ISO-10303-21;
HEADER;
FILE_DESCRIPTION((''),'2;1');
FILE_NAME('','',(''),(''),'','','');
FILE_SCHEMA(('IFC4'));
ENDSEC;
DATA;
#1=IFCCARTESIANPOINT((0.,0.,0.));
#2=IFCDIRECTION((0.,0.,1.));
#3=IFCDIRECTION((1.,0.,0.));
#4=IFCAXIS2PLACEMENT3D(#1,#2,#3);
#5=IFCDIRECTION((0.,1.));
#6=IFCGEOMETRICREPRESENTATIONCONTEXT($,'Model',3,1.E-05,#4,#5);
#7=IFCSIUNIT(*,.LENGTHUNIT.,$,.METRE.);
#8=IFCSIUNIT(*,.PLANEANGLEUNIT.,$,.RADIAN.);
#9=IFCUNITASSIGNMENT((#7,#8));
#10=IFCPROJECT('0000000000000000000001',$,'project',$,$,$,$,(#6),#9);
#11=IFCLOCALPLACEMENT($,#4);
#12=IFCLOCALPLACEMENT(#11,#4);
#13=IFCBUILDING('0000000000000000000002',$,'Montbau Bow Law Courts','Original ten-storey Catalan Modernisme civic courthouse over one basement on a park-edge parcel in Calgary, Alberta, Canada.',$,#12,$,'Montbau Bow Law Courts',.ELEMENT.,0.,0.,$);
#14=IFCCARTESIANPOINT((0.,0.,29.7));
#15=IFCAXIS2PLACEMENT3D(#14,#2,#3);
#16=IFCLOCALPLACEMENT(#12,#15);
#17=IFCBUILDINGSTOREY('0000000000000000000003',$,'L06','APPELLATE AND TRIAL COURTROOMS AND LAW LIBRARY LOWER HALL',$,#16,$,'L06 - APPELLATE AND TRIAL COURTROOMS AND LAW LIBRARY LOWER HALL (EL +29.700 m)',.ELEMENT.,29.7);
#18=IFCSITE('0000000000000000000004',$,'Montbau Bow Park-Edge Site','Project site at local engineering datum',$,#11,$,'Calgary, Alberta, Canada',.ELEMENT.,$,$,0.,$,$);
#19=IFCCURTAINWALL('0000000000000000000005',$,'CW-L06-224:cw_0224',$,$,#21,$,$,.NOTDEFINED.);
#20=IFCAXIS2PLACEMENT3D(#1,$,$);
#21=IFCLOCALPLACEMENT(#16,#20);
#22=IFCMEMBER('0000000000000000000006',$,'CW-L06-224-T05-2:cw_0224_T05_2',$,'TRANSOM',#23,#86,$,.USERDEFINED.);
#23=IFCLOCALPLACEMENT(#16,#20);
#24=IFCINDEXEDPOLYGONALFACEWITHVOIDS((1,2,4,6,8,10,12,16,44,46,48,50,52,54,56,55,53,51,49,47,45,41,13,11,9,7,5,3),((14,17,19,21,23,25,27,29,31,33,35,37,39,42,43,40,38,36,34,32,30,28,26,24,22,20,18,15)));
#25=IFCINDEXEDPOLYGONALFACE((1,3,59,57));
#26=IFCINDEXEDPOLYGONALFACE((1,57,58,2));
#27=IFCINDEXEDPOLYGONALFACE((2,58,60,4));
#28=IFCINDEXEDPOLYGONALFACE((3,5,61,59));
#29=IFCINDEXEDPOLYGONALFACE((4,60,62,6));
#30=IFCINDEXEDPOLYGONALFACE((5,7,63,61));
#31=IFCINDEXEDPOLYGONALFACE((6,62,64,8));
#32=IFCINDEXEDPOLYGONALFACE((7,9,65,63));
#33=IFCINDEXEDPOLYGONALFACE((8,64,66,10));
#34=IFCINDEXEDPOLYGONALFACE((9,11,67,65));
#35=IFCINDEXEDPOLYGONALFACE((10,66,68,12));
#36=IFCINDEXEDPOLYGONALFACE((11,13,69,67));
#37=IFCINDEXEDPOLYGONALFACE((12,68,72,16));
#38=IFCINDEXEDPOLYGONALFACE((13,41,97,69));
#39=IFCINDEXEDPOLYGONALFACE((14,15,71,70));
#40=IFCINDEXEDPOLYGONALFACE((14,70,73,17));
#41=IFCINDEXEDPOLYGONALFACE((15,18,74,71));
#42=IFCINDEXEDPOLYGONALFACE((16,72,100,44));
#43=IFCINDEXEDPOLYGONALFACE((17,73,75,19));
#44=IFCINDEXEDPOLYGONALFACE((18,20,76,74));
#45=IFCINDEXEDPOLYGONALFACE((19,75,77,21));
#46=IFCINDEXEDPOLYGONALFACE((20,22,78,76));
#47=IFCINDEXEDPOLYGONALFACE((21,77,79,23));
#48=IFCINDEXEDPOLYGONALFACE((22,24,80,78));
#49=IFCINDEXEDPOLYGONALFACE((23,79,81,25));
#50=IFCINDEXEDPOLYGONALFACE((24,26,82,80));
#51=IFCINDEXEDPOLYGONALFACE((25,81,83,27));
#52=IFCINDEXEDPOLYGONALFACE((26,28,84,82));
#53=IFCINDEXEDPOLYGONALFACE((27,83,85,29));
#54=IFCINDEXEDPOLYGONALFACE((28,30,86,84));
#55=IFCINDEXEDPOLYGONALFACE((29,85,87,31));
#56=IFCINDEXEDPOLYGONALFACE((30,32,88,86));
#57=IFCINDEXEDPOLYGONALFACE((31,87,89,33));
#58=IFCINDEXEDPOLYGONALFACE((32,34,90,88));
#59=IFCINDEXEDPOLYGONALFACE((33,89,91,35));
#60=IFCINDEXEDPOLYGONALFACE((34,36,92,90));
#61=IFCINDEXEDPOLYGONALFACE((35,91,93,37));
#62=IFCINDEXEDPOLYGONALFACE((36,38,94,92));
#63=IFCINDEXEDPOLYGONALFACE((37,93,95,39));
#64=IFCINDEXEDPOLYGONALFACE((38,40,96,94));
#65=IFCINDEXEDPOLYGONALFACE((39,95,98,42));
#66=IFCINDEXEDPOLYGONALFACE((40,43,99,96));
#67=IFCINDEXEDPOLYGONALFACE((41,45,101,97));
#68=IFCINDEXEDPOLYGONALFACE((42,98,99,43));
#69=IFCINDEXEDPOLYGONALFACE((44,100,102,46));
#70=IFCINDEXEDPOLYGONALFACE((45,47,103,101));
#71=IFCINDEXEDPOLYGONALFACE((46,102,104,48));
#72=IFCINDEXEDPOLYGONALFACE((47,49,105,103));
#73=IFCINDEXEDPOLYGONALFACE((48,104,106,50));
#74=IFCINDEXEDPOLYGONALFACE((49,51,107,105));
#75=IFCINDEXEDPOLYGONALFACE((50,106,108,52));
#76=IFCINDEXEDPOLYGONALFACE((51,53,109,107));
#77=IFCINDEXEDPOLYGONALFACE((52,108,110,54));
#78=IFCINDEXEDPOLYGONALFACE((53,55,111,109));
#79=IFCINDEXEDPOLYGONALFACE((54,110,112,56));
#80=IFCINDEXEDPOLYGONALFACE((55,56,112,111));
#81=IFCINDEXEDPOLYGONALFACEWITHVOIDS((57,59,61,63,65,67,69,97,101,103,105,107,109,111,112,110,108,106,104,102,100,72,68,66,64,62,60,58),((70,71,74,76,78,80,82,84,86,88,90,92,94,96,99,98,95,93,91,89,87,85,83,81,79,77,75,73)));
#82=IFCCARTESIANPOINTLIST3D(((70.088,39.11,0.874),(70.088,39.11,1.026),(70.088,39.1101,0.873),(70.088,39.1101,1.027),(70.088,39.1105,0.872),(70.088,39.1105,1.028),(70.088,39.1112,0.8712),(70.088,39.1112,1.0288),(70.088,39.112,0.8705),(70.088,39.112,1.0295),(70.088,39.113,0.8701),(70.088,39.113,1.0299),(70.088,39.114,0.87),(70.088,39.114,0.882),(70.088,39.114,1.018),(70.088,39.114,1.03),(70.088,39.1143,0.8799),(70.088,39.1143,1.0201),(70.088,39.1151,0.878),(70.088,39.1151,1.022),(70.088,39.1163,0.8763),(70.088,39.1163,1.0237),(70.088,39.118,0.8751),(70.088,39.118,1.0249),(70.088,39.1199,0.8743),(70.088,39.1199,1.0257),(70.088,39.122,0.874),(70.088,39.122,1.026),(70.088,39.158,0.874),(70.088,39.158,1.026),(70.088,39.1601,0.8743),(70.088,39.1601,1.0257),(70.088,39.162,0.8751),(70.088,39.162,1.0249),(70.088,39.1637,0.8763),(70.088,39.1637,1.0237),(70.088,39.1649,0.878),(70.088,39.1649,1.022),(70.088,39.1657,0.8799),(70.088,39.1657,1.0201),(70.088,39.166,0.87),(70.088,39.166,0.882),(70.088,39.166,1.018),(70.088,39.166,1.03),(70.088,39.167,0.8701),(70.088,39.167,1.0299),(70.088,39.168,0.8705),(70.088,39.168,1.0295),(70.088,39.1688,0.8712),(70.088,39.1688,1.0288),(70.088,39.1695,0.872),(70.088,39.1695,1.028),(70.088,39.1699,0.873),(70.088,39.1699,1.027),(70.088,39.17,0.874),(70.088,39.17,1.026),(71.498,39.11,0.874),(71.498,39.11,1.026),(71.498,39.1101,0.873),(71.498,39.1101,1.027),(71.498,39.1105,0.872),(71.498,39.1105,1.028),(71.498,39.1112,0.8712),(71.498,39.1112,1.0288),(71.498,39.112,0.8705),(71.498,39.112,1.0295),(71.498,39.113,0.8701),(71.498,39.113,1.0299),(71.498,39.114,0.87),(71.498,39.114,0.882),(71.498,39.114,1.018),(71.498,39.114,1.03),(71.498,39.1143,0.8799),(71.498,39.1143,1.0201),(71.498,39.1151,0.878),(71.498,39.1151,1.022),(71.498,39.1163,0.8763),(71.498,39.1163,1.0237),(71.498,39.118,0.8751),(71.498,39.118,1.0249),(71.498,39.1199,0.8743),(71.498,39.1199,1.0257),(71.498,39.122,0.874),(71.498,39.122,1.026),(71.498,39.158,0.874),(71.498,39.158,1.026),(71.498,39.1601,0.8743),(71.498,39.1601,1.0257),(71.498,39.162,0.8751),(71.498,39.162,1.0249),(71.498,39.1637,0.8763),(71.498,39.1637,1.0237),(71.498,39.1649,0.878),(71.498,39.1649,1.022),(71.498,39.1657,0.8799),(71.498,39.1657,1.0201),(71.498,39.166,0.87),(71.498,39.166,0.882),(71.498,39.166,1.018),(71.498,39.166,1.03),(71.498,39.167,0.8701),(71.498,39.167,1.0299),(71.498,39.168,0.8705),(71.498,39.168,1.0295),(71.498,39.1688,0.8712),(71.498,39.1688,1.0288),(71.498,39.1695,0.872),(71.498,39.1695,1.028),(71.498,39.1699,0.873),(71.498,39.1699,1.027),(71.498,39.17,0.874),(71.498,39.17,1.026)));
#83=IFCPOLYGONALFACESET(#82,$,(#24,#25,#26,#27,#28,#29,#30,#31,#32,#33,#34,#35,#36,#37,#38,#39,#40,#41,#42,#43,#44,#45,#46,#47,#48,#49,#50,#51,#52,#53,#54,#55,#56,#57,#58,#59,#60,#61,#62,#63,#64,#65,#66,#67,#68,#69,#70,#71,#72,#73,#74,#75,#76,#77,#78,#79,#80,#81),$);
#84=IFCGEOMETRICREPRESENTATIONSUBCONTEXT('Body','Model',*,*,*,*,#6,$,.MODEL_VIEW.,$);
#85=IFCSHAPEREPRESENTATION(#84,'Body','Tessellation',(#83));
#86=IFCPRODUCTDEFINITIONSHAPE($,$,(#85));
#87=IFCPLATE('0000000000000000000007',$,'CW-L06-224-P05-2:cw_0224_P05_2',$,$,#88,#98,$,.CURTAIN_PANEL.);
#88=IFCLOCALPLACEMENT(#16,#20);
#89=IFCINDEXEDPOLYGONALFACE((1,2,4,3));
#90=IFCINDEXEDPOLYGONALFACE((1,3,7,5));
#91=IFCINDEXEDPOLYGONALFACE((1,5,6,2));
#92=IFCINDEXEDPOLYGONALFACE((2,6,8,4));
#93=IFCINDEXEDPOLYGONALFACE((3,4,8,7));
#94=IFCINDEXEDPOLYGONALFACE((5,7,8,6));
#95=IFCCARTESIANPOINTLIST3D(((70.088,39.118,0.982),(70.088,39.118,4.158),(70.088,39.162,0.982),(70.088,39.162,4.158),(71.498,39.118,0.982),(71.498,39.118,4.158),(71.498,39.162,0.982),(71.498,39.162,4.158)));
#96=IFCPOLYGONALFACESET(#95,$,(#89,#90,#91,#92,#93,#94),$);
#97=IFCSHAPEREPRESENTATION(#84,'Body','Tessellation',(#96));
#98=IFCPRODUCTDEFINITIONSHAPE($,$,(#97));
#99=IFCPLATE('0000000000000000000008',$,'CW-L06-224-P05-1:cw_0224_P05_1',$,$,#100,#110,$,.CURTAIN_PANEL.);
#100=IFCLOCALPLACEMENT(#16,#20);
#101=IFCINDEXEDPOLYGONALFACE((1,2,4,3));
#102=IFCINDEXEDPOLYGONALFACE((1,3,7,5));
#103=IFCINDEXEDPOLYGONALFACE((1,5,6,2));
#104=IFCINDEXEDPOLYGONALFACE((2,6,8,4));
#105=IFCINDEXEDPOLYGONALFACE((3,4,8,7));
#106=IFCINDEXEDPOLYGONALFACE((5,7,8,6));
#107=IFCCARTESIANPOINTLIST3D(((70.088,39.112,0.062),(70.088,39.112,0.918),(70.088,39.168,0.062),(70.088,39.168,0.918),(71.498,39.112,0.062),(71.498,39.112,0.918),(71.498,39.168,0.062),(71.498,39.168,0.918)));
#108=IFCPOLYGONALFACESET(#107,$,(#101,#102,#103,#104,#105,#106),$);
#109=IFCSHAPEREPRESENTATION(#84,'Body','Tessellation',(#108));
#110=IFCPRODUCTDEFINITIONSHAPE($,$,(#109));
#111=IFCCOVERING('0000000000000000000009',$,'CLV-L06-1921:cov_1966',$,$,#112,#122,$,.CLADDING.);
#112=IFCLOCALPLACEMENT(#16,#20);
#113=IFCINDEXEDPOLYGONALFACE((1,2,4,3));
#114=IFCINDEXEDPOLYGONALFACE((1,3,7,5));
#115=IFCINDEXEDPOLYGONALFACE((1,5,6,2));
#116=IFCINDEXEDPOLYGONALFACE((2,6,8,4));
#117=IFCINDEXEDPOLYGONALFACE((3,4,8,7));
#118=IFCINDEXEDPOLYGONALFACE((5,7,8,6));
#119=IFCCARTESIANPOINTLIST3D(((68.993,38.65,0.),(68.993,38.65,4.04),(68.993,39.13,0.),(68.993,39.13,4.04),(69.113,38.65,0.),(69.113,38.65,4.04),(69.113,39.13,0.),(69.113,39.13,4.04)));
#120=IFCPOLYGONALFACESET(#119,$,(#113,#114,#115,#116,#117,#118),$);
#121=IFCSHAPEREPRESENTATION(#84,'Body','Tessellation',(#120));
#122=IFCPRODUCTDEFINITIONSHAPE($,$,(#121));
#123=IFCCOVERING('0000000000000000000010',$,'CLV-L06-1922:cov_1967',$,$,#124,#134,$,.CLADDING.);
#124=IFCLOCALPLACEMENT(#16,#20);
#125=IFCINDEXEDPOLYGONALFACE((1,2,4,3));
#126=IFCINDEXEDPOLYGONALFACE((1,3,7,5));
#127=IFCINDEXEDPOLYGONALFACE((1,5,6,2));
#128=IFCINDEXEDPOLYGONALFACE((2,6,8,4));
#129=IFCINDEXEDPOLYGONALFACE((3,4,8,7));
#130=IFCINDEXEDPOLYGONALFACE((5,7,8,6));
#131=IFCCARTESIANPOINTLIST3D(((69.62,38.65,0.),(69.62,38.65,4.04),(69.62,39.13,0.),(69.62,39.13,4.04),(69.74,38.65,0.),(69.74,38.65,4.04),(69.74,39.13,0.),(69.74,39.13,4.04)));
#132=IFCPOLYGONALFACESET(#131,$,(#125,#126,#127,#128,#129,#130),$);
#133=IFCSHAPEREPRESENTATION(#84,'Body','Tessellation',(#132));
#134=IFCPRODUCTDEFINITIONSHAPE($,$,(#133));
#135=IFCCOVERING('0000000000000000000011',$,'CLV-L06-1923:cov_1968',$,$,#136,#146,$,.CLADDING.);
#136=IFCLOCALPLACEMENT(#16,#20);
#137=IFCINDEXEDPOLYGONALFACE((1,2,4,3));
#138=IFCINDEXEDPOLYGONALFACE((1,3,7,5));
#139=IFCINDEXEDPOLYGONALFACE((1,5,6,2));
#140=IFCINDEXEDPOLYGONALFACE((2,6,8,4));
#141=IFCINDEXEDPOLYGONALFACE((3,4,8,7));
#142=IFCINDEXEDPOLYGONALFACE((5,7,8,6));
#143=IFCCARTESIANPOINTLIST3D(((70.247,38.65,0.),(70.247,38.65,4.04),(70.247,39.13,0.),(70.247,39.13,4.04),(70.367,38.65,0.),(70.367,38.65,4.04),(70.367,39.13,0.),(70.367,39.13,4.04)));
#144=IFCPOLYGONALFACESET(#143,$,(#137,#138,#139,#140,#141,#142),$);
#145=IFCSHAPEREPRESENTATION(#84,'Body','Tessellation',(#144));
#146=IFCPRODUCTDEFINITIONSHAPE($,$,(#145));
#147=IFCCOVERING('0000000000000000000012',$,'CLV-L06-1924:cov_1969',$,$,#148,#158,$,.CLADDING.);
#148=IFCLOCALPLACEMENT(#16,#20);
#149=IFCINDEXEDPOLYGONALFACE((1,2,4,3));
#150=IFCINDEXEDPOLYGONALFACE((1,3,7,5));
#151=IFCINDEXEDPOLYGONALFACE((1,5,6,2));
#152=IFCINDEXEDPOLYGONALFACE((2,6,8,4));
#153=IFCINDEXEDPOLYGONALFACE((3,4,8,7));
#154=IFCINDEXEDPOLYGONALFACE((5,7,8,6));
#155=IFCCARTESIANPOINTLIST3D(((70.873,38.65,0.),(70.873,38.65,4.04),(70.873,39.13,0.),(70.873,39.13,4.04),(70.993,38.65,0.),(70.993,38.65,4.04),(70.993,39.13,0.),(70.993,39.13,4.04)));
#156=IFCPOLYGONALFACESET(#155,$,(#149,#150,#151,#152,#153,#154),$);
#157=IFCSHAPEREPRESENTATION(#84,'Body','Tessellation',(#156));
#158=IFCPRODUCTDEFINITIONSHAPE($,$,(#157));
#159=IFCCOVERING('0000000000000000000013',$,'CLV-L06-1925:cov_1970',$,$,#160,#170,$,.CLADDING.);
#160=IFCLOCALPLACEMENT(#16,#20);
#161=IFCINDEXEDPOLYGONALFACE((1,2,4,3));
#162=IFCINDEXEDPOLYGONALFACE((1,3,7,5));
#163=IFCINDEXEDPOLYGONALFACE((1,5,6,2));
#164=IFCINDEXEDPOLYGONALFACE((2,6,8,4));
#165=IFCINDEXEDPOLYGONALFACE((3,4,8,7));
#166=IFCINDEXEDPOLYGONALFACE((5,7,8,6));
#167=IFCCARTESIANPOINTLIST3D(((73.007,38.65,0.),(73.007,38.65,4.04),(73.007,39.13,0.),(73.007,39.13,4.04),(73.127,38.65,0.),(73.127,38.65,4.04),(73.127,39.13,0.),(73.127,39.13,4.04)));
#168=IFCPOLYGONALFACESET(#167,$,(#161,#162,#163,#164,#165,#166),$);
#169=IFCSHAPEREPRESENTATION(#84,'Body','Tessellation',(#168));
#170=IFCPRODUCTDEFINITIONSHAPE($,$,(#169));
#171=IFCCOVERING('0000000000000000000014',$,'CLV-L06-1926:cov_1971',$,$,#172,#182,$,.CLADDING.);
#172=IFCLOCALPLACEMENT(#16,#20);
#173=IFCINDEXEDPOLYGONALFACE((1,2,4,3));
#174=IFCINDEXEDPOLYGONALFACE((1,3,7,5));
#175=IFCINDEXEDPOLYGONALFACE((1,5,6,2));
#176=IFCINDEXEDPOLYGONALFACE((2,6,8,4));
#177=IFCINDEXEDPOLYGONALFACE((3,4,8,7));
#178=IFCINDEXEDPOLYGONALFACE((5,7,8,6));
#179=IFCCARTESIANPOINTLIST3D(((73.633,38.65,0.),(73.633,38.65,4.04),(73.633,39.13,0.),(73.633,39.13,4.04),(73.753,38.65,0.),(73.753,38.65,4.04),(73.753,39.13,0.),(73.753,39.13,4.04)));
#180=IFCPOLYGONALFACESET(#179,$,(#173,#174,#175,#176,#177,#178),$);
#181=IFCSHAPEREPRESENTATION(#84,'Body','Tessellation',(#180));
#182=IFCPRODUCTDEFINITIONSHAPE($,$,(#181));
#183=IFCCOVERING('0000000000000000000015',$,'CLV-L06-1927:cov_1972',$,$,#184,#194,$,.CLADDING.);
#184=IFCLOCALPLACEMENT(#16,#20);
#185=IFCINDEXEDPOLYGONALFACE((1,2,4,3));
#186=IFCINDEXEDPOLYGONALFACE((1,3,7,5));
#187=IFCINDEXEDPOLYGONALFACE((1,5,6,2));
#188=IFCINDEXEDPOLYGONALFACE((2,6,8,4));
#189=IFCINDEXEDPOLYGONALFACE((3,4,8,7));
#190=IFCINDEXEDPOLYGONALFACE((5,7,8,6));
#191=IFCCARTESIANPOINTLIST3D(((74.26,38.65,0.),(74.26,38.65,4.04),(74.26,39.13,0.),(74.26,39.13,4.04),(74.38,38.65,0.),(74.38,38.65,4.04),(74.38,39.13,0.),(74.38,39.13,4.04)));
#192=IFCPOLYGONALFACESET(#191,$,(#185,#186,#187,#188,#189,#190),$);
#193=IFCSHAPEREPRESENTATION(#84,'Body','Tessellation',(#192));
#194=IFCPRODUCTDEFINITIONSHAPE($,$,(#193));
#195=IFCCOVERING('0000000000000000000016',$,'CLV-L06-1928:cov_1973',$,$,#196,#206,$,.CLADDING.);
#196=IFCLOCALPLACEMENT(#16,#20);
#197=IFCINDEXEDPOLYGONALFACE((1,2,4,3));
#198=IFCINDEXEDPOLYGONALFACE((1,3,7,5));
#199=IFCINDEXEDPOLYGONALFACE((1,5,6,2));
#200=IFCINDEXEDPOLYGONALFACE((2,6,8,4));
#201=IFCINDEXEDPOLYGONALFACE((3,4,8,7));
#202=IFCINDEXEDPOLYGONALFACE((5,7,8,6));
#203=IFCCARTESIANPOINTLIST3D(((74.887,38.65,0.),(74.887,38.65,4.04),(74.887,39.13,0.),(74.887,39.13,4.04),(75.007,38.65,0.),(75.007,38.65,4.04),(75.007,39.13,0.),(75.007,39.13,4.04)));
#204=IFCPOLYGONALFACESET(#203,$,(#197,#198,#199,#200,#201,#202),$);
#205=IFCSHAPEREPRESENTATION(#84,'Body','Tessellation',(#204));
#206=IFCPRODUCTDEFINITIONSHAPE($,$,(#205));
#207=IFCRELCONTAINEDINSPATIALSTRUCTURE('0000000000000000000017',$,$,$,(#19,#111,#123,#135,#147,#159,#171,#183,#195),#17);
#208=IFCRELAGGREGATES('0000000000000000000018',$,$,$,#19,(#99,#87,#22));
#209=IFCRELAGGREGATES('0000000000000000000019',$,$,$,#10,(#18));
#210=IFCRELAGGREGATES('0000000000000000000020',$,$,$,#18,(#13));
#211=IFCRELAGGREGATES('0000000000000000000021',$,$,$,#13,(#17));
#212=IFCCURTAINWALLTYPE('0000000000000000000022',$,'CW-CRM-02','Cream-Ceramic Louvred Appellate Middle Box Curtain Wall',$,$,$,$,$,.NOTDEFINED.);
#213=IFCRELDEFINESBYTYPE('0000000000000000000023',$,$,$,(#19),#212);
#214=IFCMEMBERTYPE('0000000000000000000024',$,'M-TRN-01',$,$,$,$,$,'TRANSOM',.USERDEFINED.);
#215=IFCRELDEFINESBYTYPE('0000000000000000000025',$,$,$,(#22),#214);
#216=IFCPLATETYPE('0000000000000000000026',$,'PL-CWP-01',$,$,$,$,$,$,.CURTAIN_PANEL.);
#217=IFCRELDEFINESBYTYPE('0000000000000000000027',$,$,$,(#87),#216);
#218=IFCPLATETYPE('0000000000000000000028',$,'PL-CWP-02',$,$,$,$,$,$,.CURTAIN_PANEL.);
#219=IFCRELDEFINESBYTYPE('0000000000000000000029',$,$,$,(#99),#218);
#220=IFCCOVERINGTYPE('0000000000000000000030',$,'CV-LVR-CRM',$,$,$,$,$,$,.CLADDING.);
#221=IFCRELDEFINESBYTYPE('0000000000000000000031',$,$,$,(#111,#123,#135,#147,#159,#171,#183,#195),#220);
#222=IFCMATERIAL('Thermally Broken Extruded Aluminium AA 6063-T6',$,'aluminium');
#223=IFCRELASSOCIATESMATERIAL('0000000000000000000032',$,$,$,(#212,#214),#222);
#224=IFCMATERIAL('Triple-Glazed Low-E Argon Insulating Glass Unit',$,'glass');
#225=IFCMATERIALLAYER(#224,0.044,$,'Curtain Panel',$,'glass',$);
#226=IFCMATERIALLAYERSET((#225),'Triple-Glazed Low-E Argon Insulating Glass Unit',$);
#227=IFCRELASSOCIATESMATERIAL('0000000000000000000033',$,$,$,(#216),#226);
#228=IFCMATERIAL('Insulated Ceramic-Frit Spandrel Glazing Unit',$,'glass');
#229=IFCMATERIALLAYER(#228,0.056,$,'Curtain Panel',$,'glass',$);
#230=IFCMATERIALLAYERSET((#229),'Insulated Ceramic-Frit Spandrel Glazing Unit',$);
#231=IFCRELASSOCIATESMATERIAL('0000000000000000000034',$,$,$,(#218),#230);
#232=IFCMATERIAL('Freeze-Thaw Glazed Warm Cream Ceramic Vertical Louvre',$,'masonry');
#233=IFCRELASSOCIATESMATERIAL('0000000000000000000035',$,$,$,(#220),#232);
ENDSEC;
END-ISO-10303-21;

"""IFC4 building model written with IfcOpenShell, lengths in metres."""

from ifc_helpers import new_model, si_unit, direction, frame, frame_2d, origin_with_axes, origin_2d_with_axis, place, context, subcontext, project, spatial, rectangle, hollow_rectangle, extrude, material, layer, layer_set, material_profile, profile_set, type_object, element, aggregate, save


model = new_model("IFC4")

# Units and contexts
model_context = context("Model", 3, precision=1e-05, world=origin_with_axes(), true_north=direction((0.0, 1.0)))
body_context = subcontext(model_context, "Body", "Model", "MODEL_VIEW")
ifc_project = project(units=[si_unit("LENGTHUNIT", "METRE"), si_unit("PLANEANGLEUNIT", "RADIAN")], contexts=[model_context])

# Site, building, storey
site_placement = place(None, origin_with_axes())
site = spatial("IfcSite", under=ifc_project, at=site_placement, Name="Montbau Bow Park-Edge Site", Description="Project site at local engineering datum", LongName="Calgary, Alberta, Canada", CompositionType="ELEMENT", RefElevation=0.0)
building_placement = place(site_placement, origin_with_axes())
building = spatial("IfcBuilding", under=site, at=building_placement, Name="Montbau Bow Law Courts", Description="Original ten-storey Catalan Modernisme civic courthouse over one basement on a park-edge parcel in Calgary, Alberta, Canada.", LongName="Montbau Bow Law Courts", CompositionType="ELEMENT", ElevationOfRefHeight=0.0, ElevationOfTerrain=0.0)
storey_placement = place(building_placement, frame((0.0, 0.0, 29.7), z_axis=(0.0, 0.0, 1.0), x_axis=(1.0, 0.0, 0.0)))
storey = spatial("IfcBuildingStorey", under=building, at=storey_placement, Name="L06", Description="APPELLATE AND TRIAL COURTROOMS AND LAW LIBRARY LOWER HALL", LongName="L06 - APPELLATE AND TRIAL COURTROOMS AND LAW LIBRARY LOWER HALL (EL +29.700 m)", CompositionType="ELEMENT", Elevation=29.7)

# Curtain wall, member, plates
ifc_material_1 = material(Name="Thermally Broken Extruded Aluminium AA 6063-T6", Category="aluminium")
curtain_wall_type = type_object("IfcCurtainWallType", Name="CW-CRM-02", Description="Cream-Ceramic Louvred Appellate Middle Box Curtain Wall", PredefinedType="NOTDEFINED", material=ifc_material_1)
curtain_wall_placement = place(None, frame((64.04, 39.14, 29.7), z_axis=(0.0, 0.0, 1.0), x_axis=(1.0, 0.0, 0.0)))
curtain_wall = element("IfcCurtainWall", 1, at=curtain_wall_placement, inside=storey, type_object=curtain_wall_type, Name="CW-L06-224:cw_0224", PredefinedType="NOTDEFINED")
ifc_material_profile_1 = material_profile(ifc_material_1, hollow_rectangle(XDim=0.06, YDim=0.16, WallThickness=0.004, InnerFilletRadius=0.008, OuterFilletRadius=0.004, at=origin_2d_with_axis()), Name="CWT-160X60", Category="Main", Priority=0)
ifc_profile_set_1 = profile_set([ifc_material_profile_1], Name="Thermally Broken Extruded Aluminium AA 6063-T6")
member_type_1 = type_object("IfcMemberType", Name="M-TRN-01", ElementType="TRANSOM", PredefinedType="USERDEFINED", material=ifc_profile_set_1)
member_1_placement = place(None, frame((70.088, 39.14, 30.65), z_axis=(1.0, 0.0, 0.0), x_axis=(0.0, 1.0, 0.0)))
member_1 = element("IfcMember", 2, at=member_1_placement, type_object=member_type_1, Name="CW-L06-224-T05-2:cw_0224_T05_2", ObjectType="TRANSOM", PredefinedType="USERDEFINED", context=body_context, shape_type="SweptSolid", body=[
    extrude(hollow_rectangle(XDim=0.06, YDim=0.16, WallThickness=0.004, InnerFilletRadius=0.008, OuterFilletRadius=0.004, at=origin_2d_with_axis()), origin_with_axes(), (0.0, 0.0, 1.0), 1.41),
])
ifc_material_2 = material(Name="Triple-Glazed Low-E Argon Insulating Glass Unit", Category="glass")
ifc_layer_1 = layer(ifc_material_2, 0.044, Name="Curtain Panel", Category="glass")
ifc_layer_set_1 = layer_set([ifc_layer_1], Name="Triple-Glazed Low-E Argon Insulating Glass Unit")
plate_type_1 = type_object("IfcPlateType", Name="PL-CWP-01", PredefinedType="CURTAIN_PANEL", material=ifc_layer_set_1)
plate_1_placement = place(None, frame((70.088, 39.14, 30.682), z_axis=(0.0, -1.0, 0.0), x_axis=(1.0, 0.0, 0.0)))
plate_1 = element("IfcPlate", 3, at=plate_1_placement, type_object=plate_type_1, Name="CW-L06-224-P05-2:cw_0224_P05_2", PredefinedType="CURTAIN_PANEL", context=body_context, shape_type="SweptSolid", body=[
    extrude(rectangle(XDim=1.41, YDim=3.176, at=frame_2d((0.705, 1.588), x_axis=(1.0, 0.0))), frame((0.0, 0.0, -0.022), z_axis=(0.0, 0.0, 1.0), x_axis=(1.0, 0.0, 0.0)), (0.0, 0.0, 1.0), 0.044),
])
ifc_material_3 = material(Name="Insulated Ceramic-Frit Spandrel Glazing Unit", Category="glass")
ifc_layer_2 = layer(ifc_material_3, 0.056, Name="Curtain Panel", Category="glass")
ifc_layer_set_2 = layer_set([ifc_layer_2], Name="Insulated Ceramic-Frit Spandrel Glazing Unit")
plate_type_2 = type_object("IfcPlateType", Name="PL-CWP-02", PredefinedType="CURTAIN_PANEL", material=ifc_layer_set_2)
plate_2_placement = place(None, frame((70.088, 39.14, 29.762), z_axis=(0.0, -1.0, 0.0), x_axis=(1.0, 0.0, 0.0)))
plate_2 = element("IfcPlate", 4, at=plate_2_placement, type_object=plate_type_2, Name="CW-L06-224-P05-1:cw_0224_P05_1", PredefinedType="CURTAIN_PANEL", context=body_context, shape_type="SweptSolid", body=[
    extrude(rectangle(XDim=1.41, YDim=0.856, at=frame_2d((0.705, 0.428), x_axis=(1.0, 0.0))), frame((0.0, 0.0, -0.028), z_axis=(0.0, 0.0, 1.0), x_axis=(1.0, 0.0, 0.0)), (0.0, 0.0, 1.0), 0.056),
])
aggregate(curtain_wall, [plate_2, plate_1, member_1])

# Coverings
ifc_material_4 = material(Name="Freeze-Thaw Glazed Warm Cream Ceramic Vertical Louvre", Category="masonry")
covering_type = type_object("IfcCoveringType", Name="CV-LVR-CRM", PredefinedType="CLADDING", material=ifc_material_4)
for number, where, z_axis, x_axis, name in (
    (5, (69.053, 39.13, 29.7), (-1.0, 0.0, 0.0), (0.0, -1.0, 0.0), "CLV-L06-1921:cov_1966"),
    (6, (69.68, 39.13, 29.7), (-1.0, 0.0, 0.0), (0.0, -1.0, 0.0), "CLV-L06-1922:cov_1967"),
    (7, (70.307, 39.13, 29.7), (-1.0, 0.0, 0.0), (0.0, -1.0, 0.0), "CLV-L06-1923:cov_1968"),
    (8, (70.933, 39.13, 29.7), (-1.0, 0.0, 0.0), (0.0, -1.0, 0.0), "CLV-L06-1924:cov_1969"),
    (9, (73.067, 39.13, 29.7), (-1.0, 0.0, 0.0), (0.0, -1.0, 0.0), "CLV-L06-1925:cov_1970"),
    (10, (73.693, 39.13, 29.7), (-1.0, 0.0, 0.0), (0.0, -1.0, 0.0), "CLV-L06-1926:cov_1971"),
    (11, (74.32, 39.13, 29.7), (-1.0, 0.0, 0.0), (0.0, -1.0, 0.0), "CLV-L06-1927:cov_1972"),
    (12, (74.947, 39.13, 29.7), (-1.0, 0.0, 0.0), (0.0, -1.0, 0.0), "CLV-L06-1928:cov_1973"),
):
    element("IfcCovering", number, at=place(None, frame(where, z_axis=z_axis, x_axis=x_axis)), inside=storey, type_object=covering_type, Name=name, PredefinedType="CLADDING", context=body_context, shape_type="SweptSolid", body=[
        extrude(rectangle(XDim=0.48, YDim=4.04, at=frame_2d((0.24, 2.02), x_axis=(1.0, 0.0))), frame((0.0, 0.0, -0.06), z_axis=(0.0, 0.0, 1.0), x_axis=(1.0, 0.0, 0.0)), (0.0, 0.0, 1.0), 0.12),
    ])

save(model, "model.ifc")
